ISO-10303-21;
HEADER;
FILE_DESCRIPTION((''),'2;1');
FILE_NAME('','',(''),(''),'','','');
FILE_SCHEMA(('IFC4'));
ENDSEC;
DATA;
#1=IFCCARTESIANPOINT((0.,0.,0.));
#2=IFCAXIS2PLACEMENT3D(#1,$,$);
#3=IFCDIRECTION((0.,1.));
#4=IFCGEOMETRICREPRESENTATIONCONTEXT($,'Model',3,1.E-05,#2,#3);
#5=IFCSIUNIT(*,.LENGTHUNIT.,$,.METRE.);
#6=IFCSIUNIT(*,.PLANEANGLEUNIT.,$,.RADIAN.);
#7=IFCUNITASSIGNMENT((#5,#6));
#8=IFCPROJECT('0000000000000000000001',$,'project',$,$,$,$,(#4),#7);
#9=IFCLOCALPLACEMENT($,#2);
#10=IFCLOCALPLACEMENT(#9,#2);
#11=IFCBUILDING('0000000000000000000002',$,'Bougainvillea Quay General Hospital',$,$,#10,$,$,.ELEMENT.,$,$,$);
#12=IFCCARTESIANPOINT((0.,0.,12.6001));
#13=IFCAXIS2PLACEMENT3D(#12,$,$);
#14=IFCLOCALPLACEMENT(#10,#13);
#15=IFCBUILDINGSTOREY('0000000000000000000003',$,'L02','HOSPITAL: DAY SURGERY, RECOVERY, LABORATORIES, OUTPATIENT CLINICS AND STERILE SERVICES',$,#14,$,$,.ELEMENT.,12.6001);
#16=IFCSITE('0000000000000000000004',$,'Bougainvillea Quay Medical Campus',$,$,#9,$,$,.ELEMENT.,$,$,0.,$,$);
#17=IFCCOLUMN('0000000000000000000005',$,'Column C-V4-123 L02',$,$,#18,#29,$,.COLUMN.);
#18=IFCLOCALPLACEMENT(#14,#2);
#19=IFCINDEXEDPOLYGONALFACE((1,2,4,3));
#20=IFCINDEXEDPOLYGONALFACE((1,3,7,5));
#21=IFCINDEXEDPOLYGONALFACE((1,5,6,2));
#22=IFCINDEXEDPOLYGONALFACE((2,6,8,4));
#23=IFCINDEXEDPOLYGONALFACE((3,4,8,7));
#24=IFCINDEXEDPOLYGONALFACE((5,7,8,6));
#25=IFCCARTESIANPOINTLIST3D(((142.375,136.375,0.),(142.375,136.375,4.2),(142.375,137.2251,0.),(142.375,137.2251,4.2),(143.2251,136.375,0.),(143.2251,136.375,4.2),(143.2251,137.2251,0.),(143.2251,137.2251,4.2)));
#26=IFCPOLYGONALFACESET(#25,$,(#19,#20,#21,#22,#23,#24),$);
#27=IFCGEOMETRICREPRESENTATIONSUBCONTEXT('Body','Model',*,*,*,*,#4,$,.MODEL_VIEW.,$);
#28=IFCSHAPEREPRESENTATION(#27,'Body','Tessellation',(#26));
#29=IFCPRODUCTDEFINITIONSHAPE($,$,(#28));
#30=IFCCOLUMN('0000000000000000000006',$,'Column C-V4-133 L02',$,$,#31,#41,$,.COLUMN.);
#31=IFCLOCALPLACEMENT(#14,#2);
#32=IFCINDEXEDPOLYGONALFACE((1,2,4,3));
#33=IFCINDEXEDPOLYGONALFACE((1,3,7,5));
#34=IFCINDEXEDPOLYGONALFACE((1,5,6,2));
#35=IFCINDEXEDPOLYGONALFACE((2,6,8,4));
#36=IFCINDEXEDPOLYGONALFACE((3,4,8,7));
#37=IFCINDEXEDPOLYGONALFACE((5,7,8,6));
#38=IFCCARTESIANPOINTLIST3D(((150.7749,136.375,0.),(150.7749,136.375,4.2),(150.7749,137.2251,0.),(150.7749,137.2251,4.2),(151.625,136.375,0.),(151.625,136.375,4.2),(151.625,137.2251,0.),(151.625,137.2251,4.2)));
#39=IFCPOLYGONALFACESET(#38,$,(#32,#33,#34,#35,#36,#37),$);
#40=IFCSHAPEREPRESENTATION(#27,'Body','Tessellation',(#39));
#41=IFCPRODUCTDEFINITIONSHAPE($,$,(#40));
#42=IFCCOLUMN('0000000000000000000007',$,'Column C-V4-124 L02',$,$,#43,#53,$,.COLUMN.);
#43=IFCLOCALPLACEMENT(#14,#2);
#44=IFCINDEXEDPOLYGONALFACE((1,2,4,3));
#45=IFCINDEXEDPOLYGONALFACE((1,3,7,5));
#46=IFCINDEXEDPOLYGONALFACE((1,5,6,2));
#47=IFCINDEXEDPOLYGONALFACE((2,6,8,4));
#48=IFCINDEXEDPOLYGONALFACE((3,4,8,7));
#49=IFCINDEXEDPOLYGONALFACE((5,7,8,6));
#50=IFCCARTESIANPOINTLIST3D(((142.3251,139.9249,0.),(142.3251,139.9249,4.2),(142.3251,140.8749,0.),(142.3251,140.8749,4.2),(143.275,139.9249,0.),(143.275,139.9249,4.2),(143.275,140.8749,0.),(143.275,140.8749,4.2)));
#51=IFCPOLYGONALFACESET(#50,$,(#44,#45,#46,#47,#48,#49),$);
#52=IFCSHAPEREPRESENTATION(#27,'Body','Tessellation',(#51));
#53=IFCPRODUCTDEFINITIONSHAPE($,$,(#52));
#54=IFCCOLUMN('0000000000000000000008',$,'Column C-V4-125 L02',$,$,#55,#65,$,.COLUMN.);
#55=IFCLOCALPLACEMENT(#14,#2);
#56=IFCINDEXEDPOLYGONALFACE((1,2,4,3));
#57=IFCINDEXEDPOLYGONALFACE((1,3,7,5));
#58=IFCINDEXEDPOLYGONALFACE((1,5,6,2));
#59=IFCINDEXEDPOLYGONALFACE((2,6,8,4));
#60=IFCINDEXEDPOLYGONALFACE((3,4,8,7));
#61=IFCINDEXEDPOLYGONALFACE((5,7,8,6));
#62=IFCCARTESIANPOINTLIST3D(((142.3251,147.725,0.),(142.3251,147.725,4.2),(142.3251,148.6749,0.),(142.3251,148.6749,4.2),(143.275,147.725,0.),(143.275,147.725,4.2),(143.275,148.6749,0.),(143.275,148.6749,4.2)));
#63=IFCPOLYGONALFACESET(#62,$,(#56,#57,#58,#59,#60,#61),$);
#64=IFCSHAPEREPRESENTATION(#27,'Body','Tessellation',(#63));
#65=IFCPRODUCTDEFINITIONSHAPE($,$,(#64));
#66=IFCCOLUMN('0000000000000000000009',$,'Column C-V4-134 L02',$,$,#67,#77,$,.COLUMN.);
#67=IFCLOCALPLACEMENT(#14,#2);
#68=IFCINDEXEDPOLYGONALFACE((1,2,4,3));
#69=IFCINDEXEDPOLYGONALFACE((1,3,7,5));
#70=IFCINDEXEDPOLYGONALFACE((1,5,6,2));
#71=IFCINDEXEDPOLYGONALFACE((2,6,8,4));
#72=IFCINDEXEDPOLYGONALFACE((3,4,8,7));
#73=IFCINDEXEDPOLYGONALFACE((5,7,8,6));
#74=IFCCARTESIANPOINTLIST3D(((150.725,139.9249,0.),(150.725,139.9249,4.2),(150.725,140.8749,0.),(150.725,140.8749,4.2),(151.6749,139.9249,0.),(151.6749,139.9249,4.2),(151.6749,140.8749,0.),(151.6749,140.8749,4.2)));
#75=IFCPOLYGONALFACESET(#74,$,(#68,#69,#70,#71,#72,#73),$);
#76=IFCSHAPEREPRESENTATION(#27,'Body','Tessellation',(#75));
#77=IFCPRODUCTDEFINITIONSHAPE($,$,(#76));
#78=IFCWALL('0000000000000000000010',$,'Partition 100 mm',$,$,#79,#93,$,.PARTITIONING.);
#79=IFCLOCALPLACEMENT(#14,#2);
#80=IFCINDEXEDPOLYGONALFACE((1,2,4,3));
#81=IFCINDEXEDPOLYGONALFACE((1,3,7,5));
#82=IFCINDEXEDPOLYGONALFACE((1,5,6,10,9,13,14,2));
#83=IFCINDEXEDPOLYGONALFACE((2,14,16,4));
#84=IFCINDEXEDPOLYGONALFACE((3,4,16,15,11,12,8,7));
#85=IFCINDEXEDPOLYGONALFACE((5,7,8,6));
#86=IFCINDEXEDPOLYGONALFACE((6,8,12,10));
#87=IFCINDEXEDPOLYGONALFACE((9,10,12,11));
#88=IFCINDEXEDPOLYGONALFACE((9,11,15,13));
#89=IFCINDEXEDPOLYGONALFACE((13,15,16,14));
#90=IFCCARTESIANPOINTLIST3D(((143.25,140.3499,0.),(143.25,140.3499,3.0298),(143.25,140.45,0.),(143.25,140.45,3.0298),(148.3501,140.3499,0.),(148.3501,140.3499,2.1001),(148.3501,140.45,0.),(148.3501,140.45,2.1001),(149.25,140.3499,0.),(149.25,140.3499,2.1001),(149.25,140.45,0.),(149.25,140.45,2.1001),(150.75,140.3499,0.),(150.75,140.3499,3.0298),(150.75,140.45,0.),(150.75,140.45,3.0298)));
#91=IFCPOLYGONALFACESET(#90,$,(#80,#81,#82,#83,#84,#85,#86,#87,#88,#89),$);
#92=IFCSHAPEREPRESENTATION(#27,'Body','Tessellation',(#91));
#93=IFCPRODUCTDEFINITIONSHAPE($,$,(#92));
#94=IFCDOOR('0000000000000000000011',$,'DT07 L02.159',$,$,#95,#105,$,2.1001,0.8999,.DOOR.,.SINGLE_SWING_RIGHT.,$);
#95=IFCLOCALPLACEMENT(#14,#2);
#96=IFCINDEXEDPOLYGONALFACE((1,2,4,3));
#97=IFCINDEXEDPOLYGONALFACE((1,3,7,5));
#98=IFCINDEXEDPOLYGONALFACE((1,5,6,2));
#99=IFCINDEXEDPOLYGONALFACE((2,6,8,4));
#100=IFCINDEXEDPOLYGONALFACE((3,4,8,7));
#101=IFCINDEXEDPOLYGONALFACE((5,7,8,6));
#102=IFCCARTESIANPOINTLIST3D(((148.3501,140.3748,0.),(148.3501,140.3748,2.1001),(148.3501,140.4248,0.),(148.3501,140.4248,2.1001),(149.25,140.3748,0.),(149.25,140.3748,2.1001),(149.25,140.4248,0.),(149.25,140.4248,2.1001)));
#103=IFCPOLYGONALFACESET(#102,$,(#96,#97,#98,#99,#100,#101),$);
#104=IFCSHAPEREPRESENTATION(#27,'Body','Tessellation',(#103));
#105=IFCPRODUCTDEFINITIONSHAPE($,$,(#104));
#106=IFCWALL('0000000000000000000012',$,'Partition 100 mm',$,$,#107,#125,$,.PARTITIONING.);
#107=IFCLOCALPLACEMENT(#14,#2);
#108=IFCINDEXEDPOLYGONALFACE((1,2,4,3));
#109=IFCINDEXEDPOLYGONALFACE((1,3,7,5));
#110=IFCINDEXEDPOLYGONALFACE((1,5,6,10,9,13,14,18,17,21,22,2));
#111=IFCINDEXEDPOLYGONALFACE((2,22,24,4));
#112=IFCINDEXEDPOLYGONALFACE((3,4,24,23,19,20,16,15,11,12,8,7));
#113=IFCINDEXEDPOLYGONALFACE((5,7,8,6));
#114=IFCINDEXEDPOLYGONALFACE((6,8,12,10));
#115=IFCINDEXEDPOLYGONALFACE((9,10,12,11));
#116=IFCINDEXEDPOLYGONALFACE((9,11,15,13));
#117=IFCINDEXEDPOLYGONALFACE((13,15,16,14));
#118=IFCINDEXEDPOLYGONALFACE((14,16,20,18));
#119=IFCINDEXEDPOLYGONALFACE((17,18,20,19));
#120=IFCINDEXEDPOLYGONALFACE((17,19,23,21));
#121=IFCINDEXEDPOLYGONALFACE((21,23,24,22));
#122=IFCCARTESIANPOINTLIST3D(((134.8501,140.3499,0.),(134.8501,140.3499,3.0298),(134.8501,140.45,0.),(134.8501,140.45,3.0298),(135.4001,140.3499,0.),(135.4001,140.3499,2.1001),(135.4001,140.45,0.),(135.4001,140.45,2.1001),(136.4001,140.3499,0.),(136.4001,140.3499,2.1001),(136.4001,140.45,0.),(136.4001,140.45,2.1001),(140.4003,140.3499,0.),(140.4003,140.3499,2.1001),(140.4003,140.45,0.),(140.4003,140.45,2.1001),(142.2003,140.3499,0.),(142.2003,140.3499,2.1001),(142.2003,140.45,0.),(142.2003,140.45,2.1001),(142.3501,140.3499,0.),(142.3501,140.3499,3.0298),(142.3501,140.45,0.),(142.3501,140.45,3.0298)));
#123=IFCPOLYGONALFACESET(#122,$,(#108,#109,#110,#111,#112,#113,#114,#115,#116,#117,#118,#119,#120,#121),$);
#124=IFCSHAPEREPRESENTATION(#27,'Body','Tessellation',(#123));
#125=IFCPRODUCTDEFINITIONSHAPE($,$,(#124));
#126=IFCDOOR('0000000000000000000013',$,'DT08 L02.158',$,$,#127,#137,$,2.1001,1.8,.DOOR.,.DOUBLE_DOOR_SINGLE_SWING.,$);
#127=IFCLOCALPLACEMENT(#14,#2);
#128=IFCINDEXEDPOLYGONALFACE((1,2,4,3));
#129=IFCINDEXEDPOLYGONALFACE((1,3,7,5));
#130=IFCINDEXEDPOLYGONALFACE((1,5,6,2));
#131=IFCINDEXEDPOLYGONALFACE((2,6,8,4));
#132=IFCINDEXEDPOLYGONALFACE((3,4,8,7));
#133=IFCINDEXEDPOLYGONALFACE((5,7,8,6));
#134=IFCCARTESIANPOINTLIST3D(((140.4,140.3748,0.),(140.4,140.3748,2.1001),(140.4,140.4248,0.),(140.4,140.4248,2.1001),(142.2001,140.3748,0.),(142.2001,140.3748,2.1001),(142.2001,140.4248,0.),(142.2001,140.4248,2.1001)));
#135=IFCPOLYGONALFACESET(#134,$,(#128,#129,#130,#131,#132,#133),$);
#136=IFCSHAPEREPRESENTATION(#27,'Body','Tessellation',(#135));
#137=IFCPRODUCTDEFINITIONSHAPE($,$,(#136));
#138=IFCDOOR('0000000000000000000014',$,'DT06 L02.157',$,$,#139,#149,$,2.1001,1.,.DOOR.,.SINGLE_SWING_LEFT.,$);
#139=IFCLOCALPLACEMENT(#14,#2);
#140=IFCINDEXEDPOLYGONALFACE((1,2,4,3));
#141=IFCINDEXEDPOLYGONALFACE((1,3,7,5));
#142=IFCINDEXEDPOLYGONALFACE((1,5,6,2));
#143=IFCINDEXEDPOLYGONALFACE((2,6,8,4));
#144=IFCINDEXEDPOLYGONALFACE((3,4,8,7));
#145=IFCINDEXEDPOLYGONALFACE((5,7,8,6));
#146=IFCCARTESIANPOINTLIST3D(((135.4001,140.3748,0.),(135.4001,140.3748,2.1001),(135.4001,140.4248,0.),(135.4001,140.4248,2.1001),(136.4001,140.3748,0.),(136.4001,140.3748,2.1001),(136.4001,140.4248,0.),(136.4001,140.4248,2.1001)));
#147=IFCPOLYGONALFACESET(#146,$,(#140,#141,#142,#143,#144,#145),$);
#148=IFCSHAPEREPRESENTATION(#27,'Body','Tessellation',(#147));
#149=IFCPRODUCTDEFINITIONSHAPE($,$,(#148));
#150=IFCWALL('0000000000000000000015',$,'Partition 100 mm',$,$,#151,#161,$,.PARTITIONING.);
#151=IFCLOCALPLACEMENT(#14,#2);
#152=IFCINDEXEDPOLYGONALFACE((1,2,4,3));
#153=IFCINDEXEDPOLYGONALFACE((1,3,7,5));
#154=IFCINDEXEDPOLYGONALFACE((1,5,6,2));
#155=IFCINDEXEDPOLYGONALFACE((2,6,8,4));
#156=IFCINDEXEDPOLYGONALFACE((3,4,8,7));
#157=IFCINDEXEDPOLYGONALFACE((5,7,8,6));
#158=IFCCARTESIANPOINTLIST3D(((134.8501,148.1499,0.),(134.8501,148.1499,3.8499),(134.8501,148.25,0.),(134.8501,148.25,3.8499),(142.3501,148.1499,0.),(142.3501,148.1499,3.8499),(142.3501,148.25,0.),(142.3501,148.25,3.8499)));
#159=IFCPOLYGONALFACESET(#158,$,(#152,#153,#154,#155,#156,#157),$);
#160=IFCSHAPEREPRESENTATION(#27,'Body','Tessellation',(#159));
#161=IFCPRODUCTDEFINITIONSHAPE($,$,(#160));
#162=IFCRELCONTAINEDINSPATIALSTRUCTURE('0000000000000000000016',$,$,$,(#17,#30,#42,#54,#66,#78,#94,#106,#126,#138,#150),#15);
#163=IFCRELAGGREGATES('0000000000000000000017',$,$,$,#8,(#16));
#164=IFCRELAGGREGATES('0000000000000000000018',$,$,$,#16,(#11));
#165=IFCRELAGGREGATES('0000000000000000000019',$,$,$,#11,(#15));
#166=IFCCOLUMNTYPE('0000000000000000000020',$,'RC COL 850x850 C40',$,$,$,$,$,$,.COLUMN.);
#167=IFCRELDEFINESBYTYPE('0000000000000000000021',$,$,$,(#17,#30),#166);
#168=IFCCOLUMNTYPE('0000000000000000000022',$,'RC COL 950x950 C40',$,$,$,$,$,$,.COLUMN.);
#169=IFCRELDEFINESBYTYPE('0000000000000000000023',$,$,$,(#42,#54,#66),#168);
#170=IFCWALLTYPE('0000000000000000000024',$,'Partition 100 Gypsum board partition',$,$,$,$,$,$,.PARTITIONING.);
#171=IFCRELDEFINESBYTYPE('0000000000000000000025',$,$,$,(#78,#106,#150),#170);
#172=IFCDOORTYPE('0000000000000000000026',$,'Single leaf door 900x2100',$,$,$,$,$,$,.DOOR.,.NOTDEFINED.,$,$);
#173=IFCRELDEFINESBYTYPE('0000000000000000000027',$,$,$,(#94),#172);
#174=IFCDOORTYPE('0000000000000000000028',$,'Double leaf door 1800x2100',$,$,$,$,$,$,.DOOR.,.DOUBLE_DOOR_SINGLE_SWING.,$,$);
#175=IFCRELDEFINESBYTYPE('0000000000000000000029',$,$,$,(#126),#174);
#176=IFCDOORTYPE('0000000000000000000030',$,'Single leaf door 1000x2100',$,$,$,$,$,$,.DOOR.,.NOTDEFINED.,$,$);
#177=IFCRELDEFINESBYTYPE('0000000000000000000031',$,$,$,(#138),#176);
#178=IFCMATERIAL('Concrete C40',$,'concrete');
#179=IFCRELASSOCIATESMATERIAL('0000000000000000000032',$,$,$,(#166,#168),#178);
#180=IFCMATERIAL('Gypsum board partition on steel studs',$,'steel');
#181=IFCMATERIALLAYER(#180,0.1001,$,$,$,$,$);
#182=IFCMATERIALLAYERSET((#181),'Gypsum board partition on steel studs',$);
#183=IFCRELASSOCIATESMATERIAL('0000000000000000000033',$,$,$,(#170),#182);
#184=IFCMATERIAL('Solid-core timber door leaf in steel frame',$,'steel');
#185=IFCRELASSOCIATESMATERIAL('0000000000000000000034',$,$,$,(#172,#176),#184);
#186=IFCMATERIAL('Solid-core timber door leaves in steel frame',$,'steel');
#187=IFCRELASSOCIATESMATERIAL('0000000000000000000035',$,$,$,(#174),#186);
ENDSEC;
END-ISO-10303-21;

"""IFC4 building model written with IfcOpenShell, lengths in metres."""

from ifc_helpers import new_model, si_unit, direction, frame, frame_2d, origin, origin_2d, place, context, subcontext, project, spatial, rectangle, extrude, material, layer, layer_set, material_profile, profile_set, type_object, element, fill, save


model = new_model("IFC4")

# Units and contexts
model_context = context("Model", 3, precision=1e-05, world=origin(), true_north=direction((0.0, 1.0)))
body_context = subcontext(model_context, "Body", "Model", "MODEL_VIEW")
ifc_project = project(units=[si_unit("LENGTHUNIT", "METRE"), si_unit("PLANEANGLEUNIT", "RADIAN")], contexts=[model_context])

# Site, building, storey
site_placement = place(None, origin())
site = spatial("IfcSite", under=ifc_project, at=site_placement, Name="Bougainvillea Quay Medical Campus", CompositionType="ELEMENT", RefElevation=0.0)
building_placement = place(site_placement, origin())
building = spatial("IfcBuilding", under=site, at=building_placement, Name="Bougainvillea Quay General Hospital", CompositionType="ELEMENT")
storey_placement = place(building_placement, frame((0.0, 0.0, 12.6001)))
storey = spatial("IfcBuildingStorey", under=building, at=storey_placement, Name="L02", Description="HOSPITAL: DAY SURGERY, RECOVERY, LABORATORIES, OUTPATIENT CLINICS AND STERILE SERVICES", CompositionType="ELEMENT", Elevation=12.6001)

# Columns
ifc_material_1 = material(Name="Concrete C40", Category="concrete")
ifc_material_profile_1 = material_profile(ifc_material_1, rectangle(XDim=0.8501, YDim=0.8501, at=origin_2d()))
ifc_profile_set_1 = profile_set([ifc_material_profile_1], Name="Concrete C40")
column_type_1 = type_object("IfcColumnType", Name="RC COL 850x850 C40", PredefinedType="COLUMN", material=ifc_profile_set_1)
for number, where, z_axis, x_axis, name in (
    (1, (142.8, 136.8, 0.0), (0.0, 0.0, 1.0), (1.0, 0.0, 0.0), "Column C-V4-123 L02"),
    (2, (151.2, 136.8, 0.0), (0.0, 0.0, 1.0), (1.0, 0.0, 0.0), "Column C-V4-133 L02"),
):
    element("IfcColumn", number, at=place(storey_placement, frame(where, z_axis=z_axis, x_axis=x_axis)), inside=storey, type_object=column_type_1, Name=name, PredefinedType="COLUMN", context=body_context, shape_type="SweptSolid", body=[
        extrude(rectangle(XDim=0.8501, YDim=0.8501, at=origin_2d()), origin(), (0.0, 0.0, 1.0), 4.2),
    ])
ifc_material_profile_2 = material_profile(ifc_material_1, rectangle(XDim=0.95, YDim=0.95, at=origin_2d()))
ifc_profile_set_2 = profile_set([ifc_material_profile_2], Name="Concrete C40")
column_type_2 = type_object("IfcColumnType", Name="RC COL 950x950 C40", PredefinedType="COLUMN", material=ifc_profile_set_2)
for number, where, z_axis, x_axis, name in (
    (3, (142.8, 140.3999, 0.0), (0.0, 0.0, 1.0), (1.0, 0.0, 0.0), "Column C-V4-124 L02"),
    (4, (142.8, 148.2, 0.0), (0.0, 0.0, 1.0), (1.0, 0.0, 0.0), "Column C-V4-125 L02"),
    (5, (151.2, 140.3999, 0.0), (0.0, 0.0, 1.0), (1.0, 0.0, 0.0), "Column C-V4-134 L02"),
):
    element("IfcColumn", number, at=place(storey_placement, frame(where, z_axis=z_axis, x_axis=x_axis)), inside=storey, type_object=column_type_2, Name=name, PredefinedType="COLUMN", context=body_context, shape_type="SweptSolid", body=[
        extrude(rectangle(XDim=0.95, YDim=0.95, at=origin_2d()), origin(), (0.0, 0.0, 1.0), 4.2),
    ])

# Wall, opening, door
ifc_material_2 = material(Name="Gypsum board partition on steel studs", Category="steel")
ifc_layer_1 = layer(ifc_material_2, 0.1001)
ifc_layer_set_1 = layer_set([ifc_layer_1], Name="Gypsum board partition on steel studs")
wall_type_1 = type_object("IfcWallType", Name="Partition 100 Gypsum board partition", PredefinedType="PARTITIONING", material=ifc_layer_set_1)
wall_1_placement = place(storey_placement, frame((150.75, 140.3999, 0.0), z_axis=(0.0, 0.0, 1.0), x_axis=(-1.0, 0.0, 0.0)))
wall_1 = element("IfcWall", 6, at=wall_1_placement, inside=storey, type_object=wall_type_1, Name="Partition 100 mm", PredefinedType="PARTITIONING", context=body_context, shape_type="SweptSolid", body=[
    extrude(rectangle(XDim=7.5, YDim=0.1001, at=frame_2d((3.75, 0.0))), origin(), (0.0, 0.0, 1.0), 3.0298),
])
opening_1_placement = place(wall_1_placement, frame((1.5, 0.0, 0.0)))
opening_1 = element("IfcOpeningElement", 7, at=opening_1_placement, cuts=wall_1, PredefinedType="OPENING", context=body_context, shape_type="SweptSolid", body=[
    extrude(rectangle(XDim=0.8999, YDim=2.1001, at=frame_2d((0.45, 1.05))), frame((0.0, 0.0601, 0.0), z_axis=(0.0, -1.0, 0.0), x_axis=(1.0, 0.0, 0.0)), (0.0, 0.0, 1.0), 0.1201),
])
ifc_material_3 = material(Name="Solid-core timber door leaf in steel frame", Category="steel")
door_type_1 = type_object("IfcDoorType", Name="Single leaf door 900x2100", OperationType="NOTDEFINED", PredefinedType="DOOR", material=ifc_material_3)
door_1_placement = place(opening_1_placement, frame((0.8999, 0.0, 0.0), z_axis=(0.0, 0.0, 1.0), x_axis=(-1.0, 0.0, 0.0)))
door_1 = element("IfcDoor", 8, at=door_1_placement, inside=storey, type_object=door_type_1, Name="DT07 L02.159", OperationType="SINGLE_SWING_RIGHT", OverallHeight=2.1001, OverallWidth=0.8999, PredefinedType="DOOR", context=body_context, shape_type="SweptSolid", body=[
    extrude(rectangle(XDim=0.8999, YDim=2.1001, at=frame_2d((0.45, 1.05))), frame((0.0, 0.0249, 0.0), z_axis=(0.0, -1.0, 0.0), x_axis=(1.0, 0.0, 0.0)), (0.0, 0.0, 1.0), 0.05),
])
fill(opening_1, door_1)

# Wall, openings, doors
wall_2_placement = place(storey_placement, frame((142.3501, 140.3999, 0.0), z_axis=(0.0, 0.0, 1.0), x_axis=(-1.0, 0.0, 0.0)))
wall_2 = element("IfcWall", 9, at=wall_2_placement, inside=storey, type_object=wall_type_1, Name="Partition 100 mm", PredefinedType="PARTITIONING", context=body_context, shape_type="SweptSolid", body=[
    extrude(rectangle(XDim=7.5, YDim=0.1001, at=frame_2d((3.75, 0.0))), origin(), (0.0, 0.0, 1.0), 3.0298),
])
opening_2_placement = place(wall_2_placement, frame((5.95, 0.0, 0.0)))
opening_2 = element("IfcOpeningElement", 10, at=opening_2_placement, cuts=wall_2, PredefinedType="OPENING", context=body_context, shape_type="SweptSolid", body=[
    extrude(rectangle(XDim=1.0, YDim=2.1001, at=frame_2d((0.5, 1.05))), frame((0.0, 0.0601, 0.0), z_axis=(0.0, -1.0, 0.0), x_axis=(1.0, 0.0, 0.0)), (0.0, 0.0, 1.0), 0.1201),
])
opening_3_placement = place(wall_2_placement, frame((0.1499, 0.0, 0.0)))
opening_3 = element("IfcOpeningElement", 11, at=opening_3_placement, cuts=wall_2, PredefinedType="OPENING", context=body_context, shape_type="SweptSolid", body=[
    extrude(rectangle(XDim=1.8, YDim=2.1001, at=frame_2d((0.8999, 1.05))), frame((0.0, 0.0601, 0.0), z_axis=(0.0, -1.0, 0.0), x_axis=(1.0, 0.0, 0.0)), (0.0, 0.0, 1.0), 0.1201),
])
ifc_material_4 = material(Name="Solid-core timber door leaves in steel frame", Category="steel")
door_type_2 = type_object("IfcDoorType", Name="Double leaf door 1800x2100", OperationType="DOUBLE_DOOR_SINGLE_SWING", PredefinedType="DOOR", material=ifc_material_4)
door_2_placement = place(opening_3_placement, frame((1.8, 0.0, 0.0), z_axis=(0.0, 0.0, 1.0), x_axis=(-1.0, 0.0, 0.0)))
door_2 = element("IfcDoor", 12, at=door_2_placement, inside=storey, type_object=door_type_2, Name="DT08 L02.158", OperationType="DOUBLE_DOOR_SINGLE_SWING", OverallHeight=2.1001, OverallWidth=1.8, PredefinedType="DOOR", context=body_context, shape_type="SweptSolid", body=[
    extrude(rectangle(XDim=1.8, YDim=2.1001, at=frame_2d((0.8999, 1.05))), frame((0.0, 0.0249, 0.0), z_axis=(0.0, -1.0, 0.0), x_axis=(1.0, 0.0, 0.0)), (0.0, 0.0, 1.0), 0.05),
])
fill(opening_3, door_2)
door_type_3 = type_object("IfcDoorType", Name="Single leaf door 1000x2100", OperationType="NOTDEFINED", PredefinedType="DOOR", material=ifc_material_3)
door_3_placement = place(opening_2_placement, frame((1.0, 0.0, 0.0), z_axis=(0.0, 0.0, 1.0), x_axis=(-1.0, 0.0, 0.0)))
door_3 = element("IfcDoor", 13, at=door_3_placement, inside=storey, type_object=door_type_3, Name="DT06 L02.157", OperationType="SINGLE_SWING_LEFT", OverallHeight=2.1001, OverallWidth=1.0, PredefinedType="DOOR", context=body_context, shape_type="SweptSolid", body=[
    extrude(rectangle(XDim=1.0, YDim=2.1001, at=frame_2d((0.5, 1.05))), frame((0.0, 0.0249, 0.0), z_axis=(0.0, -1.0, 0.0), x_axis=(1.0, 0.0, 0.0)), (0.0, 0.0, 1.0), 0.05),
])
fill(opening_2, door_3)

# Wall
wall_3_placement = place(storey_placement, frame((142.3501, 148.2, 0.0), z_axis=(0.0, 0.0, 1.0), x_axis=(-1.0, 0.0, 0.0)))
element("IfcWall", 14, at=wall_3_placement, inside=storey, type_object=wall_type_1, Name="Partition 100 mm", PredefinedType="PARTITIONING", context=body_context, shape_type="SweptSolid", body=[
    extrude(rectangle(XDim=7.5, YDim=0.1001, at=frame_2d((3.75, 0.0))), origin(), (0.0, 0.0, 1.0), 3.8499),
])

save(model, "model.ifc")
